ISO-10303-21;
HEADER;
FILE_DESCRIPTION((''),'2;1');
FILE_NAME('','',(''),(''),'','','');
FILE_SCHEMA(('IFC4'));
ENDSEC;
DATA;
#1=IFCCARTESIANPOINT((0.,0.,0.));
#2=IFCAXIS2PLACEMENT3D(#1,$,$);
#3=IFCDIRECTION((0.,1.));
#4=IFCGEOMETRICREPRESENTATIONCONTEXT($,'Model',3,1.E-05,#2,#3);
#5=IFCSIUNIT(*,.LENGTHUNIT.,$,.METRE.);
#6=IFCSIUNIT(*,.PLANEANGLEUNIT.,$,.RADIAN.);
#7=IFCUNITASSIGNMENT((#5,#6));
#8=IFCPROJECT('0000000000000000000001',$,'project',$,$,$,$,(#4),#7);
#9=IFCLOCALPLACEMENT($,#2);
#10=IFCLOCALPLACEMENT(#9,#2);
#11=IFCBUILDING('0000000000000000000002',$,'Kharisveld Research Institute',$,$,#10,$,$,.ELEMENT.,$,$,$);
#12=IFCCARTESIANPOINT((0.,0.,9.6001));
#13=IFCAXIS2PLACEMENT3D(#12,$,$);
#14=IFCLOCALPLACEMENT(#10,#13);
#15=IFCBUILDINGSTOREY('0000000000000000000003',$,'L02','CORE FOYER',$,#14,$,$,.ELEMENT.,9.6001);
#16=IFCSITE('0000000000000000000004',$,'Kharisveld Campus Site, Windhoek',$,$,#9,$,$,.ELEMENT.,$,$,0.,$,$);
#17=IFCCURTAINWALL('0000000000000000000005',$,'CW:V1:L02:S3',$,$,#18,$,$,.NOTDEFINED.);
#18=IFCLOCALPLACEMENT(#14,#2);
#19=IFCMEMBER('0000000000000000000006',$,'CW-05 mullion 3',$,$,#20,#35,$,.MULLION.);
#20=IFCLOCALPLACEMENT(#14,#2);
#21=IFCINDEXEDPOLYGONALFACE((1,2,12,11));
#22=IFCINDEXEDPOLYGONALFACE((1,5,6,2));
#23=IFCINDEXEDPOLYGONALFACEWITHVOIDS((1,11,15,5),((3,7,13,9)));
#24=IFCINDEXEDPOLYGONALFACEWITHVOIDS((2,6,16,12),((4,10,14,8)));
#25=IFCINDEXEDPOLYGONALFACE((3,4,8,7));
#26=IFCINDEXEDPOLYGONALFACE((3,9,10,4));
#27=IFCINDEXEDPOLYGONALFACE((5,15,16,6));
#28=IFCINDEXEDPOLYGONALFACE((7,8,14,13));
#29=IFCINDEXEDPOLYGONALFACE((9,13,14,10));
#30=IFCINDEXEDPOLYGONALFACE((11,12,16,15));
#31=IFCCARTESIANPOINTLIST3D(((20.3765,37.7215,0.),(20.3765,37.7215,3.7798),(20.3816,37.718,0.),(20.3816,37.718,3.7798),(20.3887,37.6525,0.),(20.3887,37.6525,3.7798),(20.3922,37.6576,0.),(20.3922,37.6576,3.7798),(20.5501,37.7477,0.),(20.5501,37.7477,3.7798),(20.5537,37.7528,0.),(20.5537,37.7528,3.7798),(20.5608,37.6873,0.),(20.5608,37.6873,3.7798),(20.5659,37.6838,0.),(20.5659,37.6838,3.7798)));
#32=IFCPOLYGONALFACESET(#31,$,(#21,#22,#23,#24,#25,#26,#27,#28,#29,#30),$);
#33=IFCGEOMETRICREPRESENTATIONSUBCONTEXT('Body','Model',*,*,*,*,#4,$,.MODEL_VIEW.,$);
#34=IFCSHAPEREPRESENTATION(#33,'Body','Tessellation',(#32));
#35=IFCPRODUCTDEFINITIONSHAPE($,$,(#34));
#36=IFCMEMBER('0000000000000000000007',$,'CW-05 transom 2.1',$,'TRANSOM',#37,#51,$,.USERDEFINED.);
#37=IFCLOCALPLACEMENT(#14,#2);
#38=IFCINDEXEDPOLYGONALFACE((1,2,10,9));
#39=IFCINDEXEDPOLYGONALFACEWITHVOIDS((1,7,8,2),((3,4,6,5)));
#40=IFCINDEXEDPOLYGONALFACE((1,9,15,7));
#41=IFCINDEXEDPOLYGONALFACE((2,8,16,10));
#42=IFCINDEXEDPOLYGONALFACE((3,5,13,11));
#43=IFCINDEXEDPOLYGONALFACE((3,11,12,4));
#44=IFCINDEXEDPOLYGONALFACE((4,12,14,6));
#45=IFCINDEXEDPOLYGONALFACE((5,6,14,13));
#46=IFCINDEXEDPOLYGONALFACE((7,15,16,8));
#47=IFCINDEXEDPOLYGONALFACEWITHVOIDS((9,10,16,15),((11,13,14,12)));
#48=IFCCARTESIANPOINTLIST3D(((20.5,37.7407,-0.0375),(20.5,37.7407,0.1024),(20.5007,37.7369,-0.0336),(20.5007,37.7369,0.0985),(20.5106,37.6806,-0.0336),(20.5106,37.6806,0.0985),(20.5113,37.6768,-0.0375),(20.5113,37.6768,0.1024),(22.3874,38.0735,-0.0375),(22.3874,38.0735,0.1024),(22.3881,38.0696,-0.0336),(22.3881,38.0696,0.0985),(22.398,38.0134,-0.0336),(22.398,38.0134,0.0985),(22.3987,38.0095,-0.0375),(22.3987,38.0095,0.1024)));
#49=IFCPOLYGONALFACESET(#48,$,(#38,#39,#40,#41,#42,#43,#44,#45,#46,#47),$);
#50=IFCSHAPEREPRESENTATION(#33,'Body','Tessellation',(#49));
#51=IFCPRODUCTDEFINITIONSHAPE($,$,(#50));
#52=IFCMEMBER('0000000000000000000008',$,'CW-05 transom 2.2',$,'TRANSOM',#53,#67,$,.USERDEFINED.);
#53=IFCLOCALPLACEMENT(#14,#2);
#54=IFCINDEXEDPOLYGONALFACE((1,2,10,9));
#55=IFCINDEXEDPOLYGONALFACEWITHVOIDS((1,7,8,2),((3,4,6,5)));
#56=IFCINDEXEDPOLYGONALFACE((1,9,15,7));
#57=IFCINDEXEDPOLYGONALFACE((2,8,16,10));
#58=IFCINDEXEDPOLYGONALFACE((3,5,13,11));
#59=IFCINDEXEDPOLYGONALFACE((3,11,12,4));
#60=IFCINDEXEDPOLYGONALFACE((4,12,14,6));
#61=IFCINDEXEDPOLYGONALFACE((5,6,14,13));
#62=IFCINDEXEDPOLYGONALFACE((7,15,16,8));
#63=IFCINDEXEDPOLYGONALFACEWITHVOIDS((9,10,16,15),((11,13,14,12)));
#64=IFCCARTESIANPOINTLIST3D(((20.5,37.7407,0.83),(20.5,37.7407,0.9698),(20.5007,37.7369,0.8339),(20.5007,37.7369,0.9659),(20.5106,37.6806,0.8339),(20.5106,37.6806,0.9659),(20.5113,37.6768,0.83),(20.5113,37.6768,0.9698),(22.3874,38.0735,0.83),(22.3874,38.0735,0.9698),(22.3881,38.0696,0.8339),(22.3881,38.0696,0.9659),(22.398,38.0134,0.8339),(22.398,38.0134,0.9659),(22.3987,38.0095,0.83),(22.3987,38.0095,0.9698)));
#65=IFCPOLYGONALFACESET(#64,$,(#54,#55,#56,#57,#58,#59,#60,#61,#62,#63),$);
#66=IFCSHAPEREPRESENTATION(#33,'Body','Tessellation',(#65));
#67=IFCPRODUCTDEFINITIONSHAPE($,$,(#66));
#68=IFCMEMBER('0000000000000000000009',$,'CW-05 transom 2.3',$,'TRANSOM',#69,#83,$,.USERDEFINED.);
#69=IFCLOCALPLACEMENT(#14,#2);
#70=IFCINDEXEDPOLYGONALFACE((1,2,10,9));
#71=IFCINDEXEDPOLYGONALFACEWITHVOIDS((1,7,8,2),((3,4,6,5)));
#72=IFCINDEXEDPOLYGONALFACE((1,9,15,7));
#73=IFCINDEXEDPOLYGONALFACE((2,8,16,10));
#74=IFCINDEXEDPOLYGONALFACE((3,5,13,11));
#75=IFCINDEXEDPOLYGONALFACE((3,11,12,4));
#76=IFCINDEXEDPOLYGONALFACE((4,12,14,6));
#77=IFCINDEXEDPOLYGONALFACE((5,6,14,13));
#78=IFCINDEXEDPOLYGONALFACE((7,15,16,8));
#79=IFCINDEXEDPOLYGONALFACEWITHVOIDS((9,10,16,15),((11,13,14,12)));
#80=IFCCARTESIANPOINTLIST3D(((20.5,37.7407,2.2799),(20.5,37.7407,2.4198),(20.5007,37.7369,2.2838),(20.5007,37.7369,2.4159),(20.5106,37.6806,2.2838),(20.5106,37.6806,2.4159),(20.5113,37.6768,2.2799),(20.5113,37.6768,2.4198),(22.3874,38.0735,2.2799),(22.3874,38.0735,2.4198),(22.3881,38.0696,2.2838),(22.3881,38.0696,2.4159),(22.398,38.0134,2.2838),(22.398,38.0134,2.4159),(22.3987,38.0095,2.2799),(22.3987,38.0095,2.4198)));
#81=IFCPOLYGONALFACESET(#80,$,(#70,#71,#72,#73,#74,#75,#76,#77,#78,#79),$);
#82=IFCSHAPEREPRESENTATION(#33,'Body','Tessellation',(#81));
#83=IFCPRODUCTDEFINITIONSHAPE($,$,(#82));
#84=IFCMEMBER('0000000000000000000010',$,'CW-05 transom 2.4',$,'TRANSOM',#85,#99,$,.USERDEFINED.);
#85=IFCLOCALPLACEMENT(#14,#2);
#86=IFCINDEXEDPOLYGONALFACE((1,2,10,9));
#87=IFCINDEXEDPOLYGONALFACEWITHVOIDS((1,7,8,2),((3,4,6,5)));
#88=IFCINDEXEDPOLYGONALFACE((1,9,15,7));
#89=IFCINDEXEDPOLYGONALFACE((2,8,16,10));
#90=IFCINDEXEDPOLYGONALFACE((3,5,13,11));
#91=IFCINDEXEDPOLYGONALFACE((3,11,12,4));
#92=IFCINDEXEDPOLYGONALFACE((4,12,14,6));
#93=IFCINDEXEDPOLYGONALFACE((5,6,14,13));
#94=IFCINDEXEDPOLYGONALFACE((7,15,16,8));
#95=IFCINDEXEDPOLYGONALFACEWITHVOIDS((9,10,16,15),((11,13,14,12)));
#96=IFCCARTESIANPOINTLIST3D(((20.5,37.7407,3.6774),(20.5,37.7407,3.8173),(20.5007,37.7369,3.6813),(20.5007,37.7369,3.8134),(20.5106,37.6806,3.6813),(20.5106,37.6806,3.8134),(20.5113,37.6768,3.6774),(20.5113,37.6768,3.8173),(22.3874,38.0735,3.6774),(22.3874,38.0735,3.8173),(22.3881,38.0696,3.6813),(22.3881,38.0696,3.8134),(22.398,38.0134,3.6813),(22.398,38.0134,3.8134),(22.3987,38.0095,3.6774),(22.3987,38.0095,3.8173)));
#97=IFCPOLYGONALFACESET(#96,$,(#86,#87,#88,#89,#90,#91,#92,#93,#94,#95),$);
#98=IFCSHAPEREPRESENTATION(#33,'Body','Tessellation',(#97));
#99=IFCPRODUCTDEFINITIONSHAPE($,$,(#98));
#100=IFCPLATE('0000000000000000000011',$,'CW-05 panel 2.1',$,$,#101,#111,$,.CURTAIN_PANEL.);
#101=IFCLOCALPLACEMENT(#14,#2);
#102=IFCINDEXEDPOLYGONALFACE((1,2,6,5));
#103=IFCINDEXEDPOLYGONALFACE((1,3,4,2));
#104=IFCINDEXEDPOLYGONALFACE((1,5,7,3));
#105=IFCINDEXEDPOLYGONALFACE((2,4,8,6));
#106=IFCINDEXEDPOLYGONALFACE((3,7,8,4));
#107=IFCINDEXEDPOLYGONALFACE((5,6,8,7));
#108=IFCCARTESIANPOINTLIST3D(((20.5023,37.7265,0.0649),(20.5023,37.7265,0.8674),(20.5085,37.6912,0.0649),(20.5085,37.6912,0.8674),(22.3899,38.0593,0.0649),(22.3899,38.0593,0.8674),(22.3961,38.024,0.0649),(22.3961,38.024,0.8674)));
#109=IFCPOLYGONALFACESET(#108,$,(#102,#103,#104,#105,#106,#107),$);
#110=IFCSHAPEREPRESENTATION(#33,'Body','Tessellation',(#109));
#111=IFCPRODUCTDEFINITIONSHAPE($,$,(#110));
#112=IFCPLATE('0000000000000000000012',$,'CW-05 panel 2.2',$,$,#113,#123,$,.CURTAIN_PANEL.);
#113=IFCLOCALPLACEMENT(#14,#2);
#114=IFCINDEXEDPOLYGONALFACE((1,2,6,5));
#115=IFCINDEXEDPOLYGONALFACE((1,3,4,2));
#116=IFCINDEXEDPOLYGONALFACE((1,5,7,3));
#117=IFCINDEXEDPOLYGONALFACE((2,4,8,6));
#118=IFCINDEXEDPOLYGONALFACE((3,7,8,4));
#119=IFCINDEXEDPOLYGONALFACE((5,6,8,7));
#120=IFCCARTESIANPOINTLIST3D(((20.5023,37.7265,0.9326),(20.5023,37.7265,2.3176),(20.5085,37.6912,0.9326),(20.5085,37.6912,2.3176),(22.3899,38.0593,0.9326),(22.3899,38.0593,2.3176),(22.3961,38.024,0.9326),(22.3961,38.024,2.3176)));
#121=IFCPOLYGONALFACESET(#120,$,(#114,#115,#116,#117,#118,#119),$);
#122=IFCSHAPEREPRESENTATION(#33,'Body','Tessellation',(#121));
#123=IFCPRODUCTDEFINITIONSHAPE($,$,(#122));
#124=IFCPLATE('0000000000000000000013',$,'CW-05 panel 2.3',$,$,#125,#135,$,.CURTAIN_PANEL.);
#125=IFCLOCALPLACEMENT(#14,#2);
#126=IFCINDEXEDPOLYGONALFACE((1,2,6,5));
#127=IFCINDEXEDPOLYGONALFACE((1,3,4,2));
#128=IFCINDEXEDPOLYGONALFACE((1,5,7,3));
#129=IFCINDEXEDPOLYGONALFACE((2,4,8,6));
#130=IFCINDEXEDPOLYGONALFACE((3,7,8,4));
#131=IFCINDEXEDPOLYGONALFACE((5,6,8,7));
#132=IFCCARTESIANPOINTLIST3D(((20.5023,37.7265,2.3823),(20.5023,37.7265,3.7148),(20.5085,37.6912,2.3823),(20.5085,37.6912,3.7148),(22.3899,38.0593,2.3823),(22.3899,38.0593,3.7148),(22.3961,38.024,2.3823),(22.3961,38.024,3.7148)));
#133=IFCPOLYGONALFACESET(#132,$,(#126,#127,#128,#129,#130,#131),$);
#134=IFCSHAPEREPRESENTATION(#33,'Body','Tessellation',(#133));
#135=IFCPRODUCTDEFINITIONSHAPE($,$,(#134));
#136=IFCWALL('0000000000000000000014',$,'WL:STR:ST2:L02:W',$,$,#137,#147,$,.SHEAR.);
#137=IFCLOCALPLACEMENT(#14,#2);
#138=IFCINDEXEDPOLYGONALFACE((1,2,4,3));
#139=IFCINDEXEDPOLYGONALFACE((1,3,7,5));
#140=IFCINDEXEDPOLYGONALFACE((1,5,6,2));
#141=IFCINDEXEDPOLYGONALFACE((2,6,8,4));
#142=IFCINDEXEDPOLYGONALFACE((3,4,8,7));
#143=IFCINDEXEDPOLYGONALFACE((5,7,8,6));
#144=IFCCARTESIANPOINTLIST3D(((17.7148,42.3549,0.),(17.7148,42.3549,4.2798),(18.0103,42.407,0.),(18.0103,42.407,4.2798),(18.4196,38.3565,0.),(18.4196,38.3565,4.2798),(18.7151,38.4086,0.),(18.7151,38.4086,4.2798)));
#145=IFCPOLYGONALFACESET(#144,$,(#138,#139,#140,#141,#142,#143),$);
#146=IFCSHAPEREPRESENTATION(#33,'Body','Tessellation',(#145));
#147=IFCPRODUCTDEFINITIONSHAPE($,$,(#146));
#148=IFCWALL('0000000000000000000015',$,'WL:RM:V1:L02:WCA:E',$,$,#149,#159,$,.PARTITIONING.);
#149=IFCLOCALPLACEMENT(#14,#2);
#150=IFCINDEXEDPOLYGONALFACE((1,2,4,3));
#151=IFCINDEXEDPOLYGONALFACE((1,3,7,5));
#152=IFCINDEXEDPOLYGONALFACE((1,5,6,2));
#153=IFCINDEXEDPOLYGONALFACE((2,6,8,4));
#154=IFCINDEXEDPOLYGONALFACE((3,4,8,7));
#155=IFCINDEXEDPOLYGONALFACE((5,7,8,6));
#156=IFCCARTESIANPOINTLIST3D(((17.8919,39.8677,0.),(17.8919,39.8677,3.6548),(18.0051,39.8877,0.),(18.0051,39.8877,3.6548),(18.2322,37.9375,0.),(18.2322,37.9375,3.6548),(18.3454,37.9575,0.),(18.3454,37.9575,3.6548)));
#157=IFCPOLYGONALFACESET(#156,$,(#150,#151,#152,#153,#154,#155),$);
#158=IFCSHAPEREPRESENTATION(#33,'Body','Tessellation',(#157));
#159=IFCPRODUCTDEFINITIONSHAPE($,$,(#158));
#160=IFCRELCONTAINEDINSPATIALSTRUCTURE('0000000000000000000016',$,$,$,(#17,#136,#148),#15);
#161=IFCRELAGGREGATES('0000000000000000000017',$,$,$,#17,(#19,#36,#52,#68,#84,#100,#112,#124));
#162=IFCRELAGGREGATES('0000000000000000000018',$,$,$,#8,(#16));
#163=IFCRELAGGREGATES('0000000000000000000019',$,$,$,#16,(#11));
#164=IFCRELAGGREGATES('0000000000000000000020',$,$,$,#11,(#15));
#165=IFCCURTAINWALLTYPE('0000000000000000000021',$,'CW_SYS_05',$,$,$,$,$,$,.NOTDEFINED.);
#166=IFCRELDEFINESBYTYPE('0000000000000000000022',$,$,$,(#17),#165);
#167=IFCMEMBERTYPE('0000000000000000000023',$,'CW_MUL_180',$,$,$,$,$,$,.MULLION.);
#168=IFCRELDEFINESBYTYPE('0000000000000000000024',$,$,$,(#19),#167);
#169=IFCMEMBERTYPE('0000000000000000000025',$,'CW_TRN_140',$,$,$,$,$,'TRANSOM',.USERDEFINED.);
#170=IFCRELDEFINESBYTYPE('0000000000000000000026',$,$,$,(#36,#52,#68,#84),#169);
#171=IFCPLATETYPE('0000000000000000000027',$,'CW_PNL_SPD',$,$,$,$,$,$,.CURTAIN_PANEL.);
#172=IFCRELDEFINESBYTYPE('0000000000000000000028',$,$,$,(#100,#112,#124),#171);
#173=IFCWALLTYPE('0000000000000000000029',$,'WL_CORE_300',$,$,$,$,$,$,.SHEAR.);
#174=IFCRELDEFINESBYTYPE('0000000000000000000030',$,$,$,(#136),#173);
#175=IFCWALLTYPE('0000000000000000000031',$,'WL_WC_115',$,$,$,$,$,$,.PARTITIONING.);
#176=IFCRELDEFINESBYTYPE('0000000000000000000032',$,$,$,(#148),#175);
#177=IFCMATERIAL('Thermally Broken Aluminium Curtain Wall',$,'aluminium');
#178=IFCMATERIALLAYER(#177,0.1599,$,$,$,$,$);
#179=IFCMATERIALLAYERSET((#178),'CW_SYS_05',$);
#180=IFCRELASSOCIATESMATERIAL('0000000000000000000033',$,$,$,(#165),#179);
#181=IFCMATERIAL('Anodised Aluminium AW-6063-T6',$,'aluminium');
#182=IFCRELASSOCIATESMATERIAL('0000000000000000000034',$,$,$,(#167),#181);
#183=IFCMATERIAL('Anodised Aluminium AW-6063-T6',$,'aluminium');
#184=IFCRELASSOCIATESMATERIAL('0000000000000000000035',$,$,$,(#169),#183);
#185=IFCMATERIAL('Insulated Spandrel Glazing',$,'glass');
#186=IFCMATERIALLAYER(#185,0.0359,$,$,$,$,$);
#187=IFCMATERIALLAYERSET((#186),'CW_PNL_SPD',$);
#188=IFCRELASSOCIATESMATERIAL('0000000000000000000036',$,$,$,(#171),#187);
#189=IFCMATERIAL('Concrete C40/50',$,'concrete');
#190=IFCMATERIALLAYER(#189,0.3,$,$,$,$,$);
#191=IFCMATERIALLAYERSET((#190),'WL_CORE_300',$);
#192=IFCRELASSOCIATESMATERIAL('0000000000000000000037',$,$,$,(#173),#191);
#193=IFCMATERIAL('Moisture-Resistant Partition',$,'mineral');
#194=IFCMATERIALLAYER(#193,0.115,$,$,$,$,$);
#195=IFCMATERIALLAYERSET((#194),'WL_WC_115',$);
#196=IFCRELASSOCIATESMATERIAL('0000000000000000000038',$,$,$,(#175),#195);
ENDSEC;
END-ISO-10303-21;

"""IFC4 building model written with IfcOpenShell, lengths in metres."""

from ifc_helpers import new_model, si_unit, direction, frame, frame_2d, origin, origin_2d, place, context, subcontext, project, spatial, rectangle, hollow_rectangle, extrude, material, layer, layer_set, material_profile, profile_set, type_object, element, aggregate, save


model = new_model("IFC4")

# Units and contexts
model_context = context("Model", 3, precision=1e-05, world=origin(), true_north=direction((0.0, 1.0)))
body_context = subcontext(model_context, "Body", "Model", "MODEL_VIEW")
ifc_project = project(units=[si_unit("LENGTHUNIT", "METRE"), si_unit("PLANEANGLEUNIT", "RADIAN")], contexts=[model_context])

# Site, building, storey
site_placement = place(None, origin())
site = spatial("IfcSite", under=ifc_project, at=site_placement, Name="Kharisveld Campus Site, Windhoek", CompositionType="ELEMENT", RefElevation=0.0)
building_placement = place(site_placement, origin())
building = spatial("IfcBuilding", under=site, at=building_placement, Name="Kharisveld Research Institute", CompositionType="ELEMENT")
storey_placement = place(building_placement, frame((0.0, 0.0, 9.6001)))
storey = spatial("IfcBuildingStorey", under=building, at=storey_placement, Name="L02", Description="CORE FOYER", CompositionType="ELEMENT", Elevation=9.6001)

# Curtain wall, members, plates
ifc_material_1 = material(Name="Thermally Broken Aluminium Curtain Wall", Category="aluminium")
ifc_layer_1 = layer(ifc_material_1, 0.1599)
ifc_layer_set_1 = layer_set([ifc_layer_1], Name="CW_SYS_05")
curtain_wall_type = type_object("IfcCurtainWallType", Name="CW_SYS_05", PredefinedType="NOTDEFINED", material=ifc_layer_set_1)
curtain_wall_placement = place(storey_placement, origin())
curtain_wall = element("IfcCurtainWall", 1, at=curtain_wall_placement, inside=storey, type_object=curtain_wall_type, Name="CW:V1:L02:S3", PredefinedType="NOTDEFINED")
ifc_material_2 = material(Name="Anodised Aluminium AW-6063-T6", Category="aluminium")
ifc_material_profile_1 = material_profile(ifc_material_2, hollow_rectangle(XDim=0.0701, YDim=0.1799, WallThickness=0.0044, at=origin_2d()))
ifc_profile_set_1 = profile_set([ifc_material_profile_1], Name="Anodised Aluminium AW-6063-T6")
member_type_1 = type_object("IfcMemberType", Name="CW_MUL_180", PredefinedType="MULLION", material=ifc_profile_set_1)
member_1_placement = place(storey_placement, frame((20.4712, 37.7026, 0.0), z_axis=(0.0, 0.0, 1.0), x_axis=(0.173648, -0.984808, 0.0)))
member_1 = element("IfcMember", 2, at=member_1_placement, type_object=member_type_1, Name="CW-05 mullion 3", PredefinedType="MULLION", context=body_context, shape_type="SweptSolid", body=[
    extrude(hollow_rectangle(XDim=0.0701, YDim=0.1799, WallThickness=0.0044, at=origin_2d()), origin(), (0.0, 0.0, 1.0), 3.7798),
])
ifc_material_3 = material(Name="Anodised Aluminium AW-6063-T6", Category="aluminium")
ifc_material_profile_2 = material_profile(ifc_material_3, hollow_rectangle(XDim=0.0649, YDim=0.1399, WallThickness=0.0039, at=origin_2d()))
ifc_profile_set_2 = profile_set([ifc_material_profile_2], Name="Anodised Aluminium AW-6063-T6")
member_type_2 = type_object("IfcMemberType", Name="CW_TRN_140", ElementType="TRANSOM", PredefinedType="USERDEFINED", material=ifc_profile_set_2)
member_2_placement = place(storey_placement, frame((22.3931, 38.0415, 0.0325), z_axis=(-0.984812, -0.173625, 0.0), x_axis=(0.173625, -0.984812, 0.0)))
member_2 = element("IfcMember", 3, at=member_2_placement, type_object=member_type_2, Name="CW-05 transom 2.1", ObjectType="TRANSOM", PredefinedType="USERDEFINED", context=body_context, shape_type="SweptSolid", body=[
    extrude(hollow_rectangle(XDim=0.0649, YDim=0.1399, WallThickness=0.0039, at=origin_2d()), origin(), (0.0, 0.0, 1.0), 1.9165),
])
member_3_placement = place(storey_placement, frame((22.3931, 38.0415, 0.8999), z_axis=(-0.984812, -0.173625, 0.0), x_axis=(0.173625, -0.984812, 0.0)))
member_3 = element("IfcMember", 4, at=member_3_placement, type_object=member_type_2, Name="CW-05 transom 2.2", ObjectType="TRANSOM", PredefinedType="USERDEFINED", context=body_context, shape_type="SweptSolid", body=[
    extrude(hollow_rectangle(XDim=0.0649, YDim=0.1399, WallThickness=0.0039, at=origin_2d()), origin(), (0.0, 0.0, 1.0), 1.9165),
])
member_4_placement = place(storey_placement, frame((22.3931, 38.0415, 2.3499), z_axis=(-0.984812, -0.173625, 0.0), x_axis=(0.173625, -0.984812, 0.0)))
member_4 = element("IfcMember", 5, at=member_4_placement, type_object=member_type_2, Name="CW-05 transom 2.3", ObjectType="TRANSOM", PredefinedType="USERDEFINED", context=body_context, shape_type="SweptSolid", body=[
    extrude(hollow_rectangle(XDim=0.0649, YDim=0.1399, WallThickness=0.0039, at=origin_2d()), origin(), (0.0, 0.0, 1.0), 1.9165),
])
member_5_placement = place(storey_placement, frame((22.3931, 38.0415, 3.7473), z_axis=(-0.984812, -0.173625, 0.0), x_axis=(0.173625, -0.984812, 0.0)))
member_5 = element("IfcMember", 6, at=member_5_placement, type_object=member_type_2, Name="CW-05 transom 2.4", ObjectType="TRANSOM", PredefinedType="USERDEFINED", context=body_context, shape_type="SweptSolid", body=[
    extrude(hollow_rectangle(XDim=0.0649, YDim=0.1399, WallThickness=0.0039, at=origin_2d()), origin(), (0.0, 0.0, 1.0), 1.9165),
])
ifc_material_4 = material(Name="Insulated Spandrel Glazing", Category="glass")
ifc_layer_2 = layer(ifc_material_4, 0.0359)
ifc_layer_set_2 = layer_set([ifc_layer_2], Name="CW_PNL_SPD")
plate_type = type_object("IfcPlateType", Name="CW_PNL_SPD", PredefinedType="CURTAIN_PANEL", material=ifc_layer_set_2)
plate_1_placement = place(storey_placement, frame((21.4492, 37.8752, 0.0649), z_axis=(0.0, 0.0, 1.0), x_axis=(-0.984808, -0.173648, 0.0)))
plate_1 = element("IfcPlate", 7, at=plate_1_placement, type_object=plate_type, Name="CW-05 panel 2.1", PredefinedType="CURTAIN_PANEL", context=body_context, shape_type="SweptSolid", body=[
    extrude(rectangle(XDim=1.9167, YDim=0.0359, at=origin_2d()), origin(), (0.0, 0.0, 1.0), 0.8025),
])
plate_2_placement = place(storey_placement, frame((21.4492, 37.8752, 0.9326), z_axis=(0.0, 0.0, 1.0), x_axis=(-0.984808, -0.173648, 0.0)))
plate_2 = element("IfcPlate", 8, at=plate_2_placement, type_object=plate_type, Name="CW-05 panel 2.2", PredefinedType="CURTAIN_PANEL", context=body_context, shape_type="SweptSolid", body=[
    extrude(rectangle(XDim=1.9167, YDim=0.0359, at=origin_2d()), origin(), (0.0, 0.0, 1.0), 1.385),
])
plate_3_placement = place(storey_placement, frame((21.4492, 37.8752, 2.3823), z_axis=(0.0, 0.0, 1.0), x_axis=(-0.984808, -0.173648, 0.0)))
plate_3 = element("IfcPlate", 9, at=plate_3_placement, type_object=plate_type, Name="CW-05 panel 2.3", PredefinedType="CURTAIN_PANEL", context=body_context, shape_type="SweptSolid", body=[
    extrude(rectangle(XDim=1.9167, YDim=0.0359, at=origin_2d()), origin(), (0.0, 0.0, 1.0), 1.3325),
])
aggregate(curtain_wall, [member_1, member_2, member_3, member_4, member_5, plate_1, plate_2, plate_3])

# Wall
ifc_material_5 = material(Name="Concrete C40/50", Category="concrete")
ifc_layer_3 = layer(ifc_material_5, 0.3)
ifc_layer_set_3 = layer_set([ifc_layer_3], Name="WL_CORE_300")
wall_type_1 = type_object("IfcWallType", Name="WL_CORE_300", PredefinedType="SHEAR", material=ifc_layer_set_3)
wall_1_placement = place(storey_placement, frame((18.5674, 38.3826, 0.0), z_axis=(0.0, 0.0, 1.0), x_axis=(-0.173607, 0.984815, 0.0)))
element("IfcWall", 10, at=wall_1_placement, inside=storey, type_object=wall_type_1, Name="WL:STR:ST2:L02:W", PredefinedType="SHEAR", context=body_context, shape_type="SweptSolid", body=[
    extrude(rectangle(XDim=4.0601, YDim=0.3, at=frame_2d((2.03, 0.0))), origin(), (0.0, 0.0, 1.0), 4.2798),
])

# Wall
ifc_material_6 = material(Name="Moisture-Resistant Partition", Category="mineral")
ifc_layer_4 = layer(ifc_material_6, 0.115)
ifc_layer_set_4 = layer_set([ifc_layer_4], Name="WL_WC_115")
wall_type_2 = type_object("IfcWallType", Name="WL_WC_115", PredefinedType="PARTITIONING", material=ifc_layer_set_4)
wall_2_placement = place(storey_placement, frame((18.2888, 37.9475, 0.0), z_axis=(0.0, 0.0, 1.0), x_axis=(-0.173643, 0.984809, 0.0)))
element("IfcWall", 11, at=wall_2_placement, inside=storey, type_object=wall_type_2, Name="WL:RM:V1:L02:WCA:E", PredefinedType="PARTITIONING", context=body_context, shape_type="SweptSolid", body=[
    extrude(rectangle(XDim=1.96, YDim=0.115, at=frame_2d((0.98, 0.0))), origin(), (0.0, 0.0, 1.0), 3.6548),
])

save(model, "model.ifc")
